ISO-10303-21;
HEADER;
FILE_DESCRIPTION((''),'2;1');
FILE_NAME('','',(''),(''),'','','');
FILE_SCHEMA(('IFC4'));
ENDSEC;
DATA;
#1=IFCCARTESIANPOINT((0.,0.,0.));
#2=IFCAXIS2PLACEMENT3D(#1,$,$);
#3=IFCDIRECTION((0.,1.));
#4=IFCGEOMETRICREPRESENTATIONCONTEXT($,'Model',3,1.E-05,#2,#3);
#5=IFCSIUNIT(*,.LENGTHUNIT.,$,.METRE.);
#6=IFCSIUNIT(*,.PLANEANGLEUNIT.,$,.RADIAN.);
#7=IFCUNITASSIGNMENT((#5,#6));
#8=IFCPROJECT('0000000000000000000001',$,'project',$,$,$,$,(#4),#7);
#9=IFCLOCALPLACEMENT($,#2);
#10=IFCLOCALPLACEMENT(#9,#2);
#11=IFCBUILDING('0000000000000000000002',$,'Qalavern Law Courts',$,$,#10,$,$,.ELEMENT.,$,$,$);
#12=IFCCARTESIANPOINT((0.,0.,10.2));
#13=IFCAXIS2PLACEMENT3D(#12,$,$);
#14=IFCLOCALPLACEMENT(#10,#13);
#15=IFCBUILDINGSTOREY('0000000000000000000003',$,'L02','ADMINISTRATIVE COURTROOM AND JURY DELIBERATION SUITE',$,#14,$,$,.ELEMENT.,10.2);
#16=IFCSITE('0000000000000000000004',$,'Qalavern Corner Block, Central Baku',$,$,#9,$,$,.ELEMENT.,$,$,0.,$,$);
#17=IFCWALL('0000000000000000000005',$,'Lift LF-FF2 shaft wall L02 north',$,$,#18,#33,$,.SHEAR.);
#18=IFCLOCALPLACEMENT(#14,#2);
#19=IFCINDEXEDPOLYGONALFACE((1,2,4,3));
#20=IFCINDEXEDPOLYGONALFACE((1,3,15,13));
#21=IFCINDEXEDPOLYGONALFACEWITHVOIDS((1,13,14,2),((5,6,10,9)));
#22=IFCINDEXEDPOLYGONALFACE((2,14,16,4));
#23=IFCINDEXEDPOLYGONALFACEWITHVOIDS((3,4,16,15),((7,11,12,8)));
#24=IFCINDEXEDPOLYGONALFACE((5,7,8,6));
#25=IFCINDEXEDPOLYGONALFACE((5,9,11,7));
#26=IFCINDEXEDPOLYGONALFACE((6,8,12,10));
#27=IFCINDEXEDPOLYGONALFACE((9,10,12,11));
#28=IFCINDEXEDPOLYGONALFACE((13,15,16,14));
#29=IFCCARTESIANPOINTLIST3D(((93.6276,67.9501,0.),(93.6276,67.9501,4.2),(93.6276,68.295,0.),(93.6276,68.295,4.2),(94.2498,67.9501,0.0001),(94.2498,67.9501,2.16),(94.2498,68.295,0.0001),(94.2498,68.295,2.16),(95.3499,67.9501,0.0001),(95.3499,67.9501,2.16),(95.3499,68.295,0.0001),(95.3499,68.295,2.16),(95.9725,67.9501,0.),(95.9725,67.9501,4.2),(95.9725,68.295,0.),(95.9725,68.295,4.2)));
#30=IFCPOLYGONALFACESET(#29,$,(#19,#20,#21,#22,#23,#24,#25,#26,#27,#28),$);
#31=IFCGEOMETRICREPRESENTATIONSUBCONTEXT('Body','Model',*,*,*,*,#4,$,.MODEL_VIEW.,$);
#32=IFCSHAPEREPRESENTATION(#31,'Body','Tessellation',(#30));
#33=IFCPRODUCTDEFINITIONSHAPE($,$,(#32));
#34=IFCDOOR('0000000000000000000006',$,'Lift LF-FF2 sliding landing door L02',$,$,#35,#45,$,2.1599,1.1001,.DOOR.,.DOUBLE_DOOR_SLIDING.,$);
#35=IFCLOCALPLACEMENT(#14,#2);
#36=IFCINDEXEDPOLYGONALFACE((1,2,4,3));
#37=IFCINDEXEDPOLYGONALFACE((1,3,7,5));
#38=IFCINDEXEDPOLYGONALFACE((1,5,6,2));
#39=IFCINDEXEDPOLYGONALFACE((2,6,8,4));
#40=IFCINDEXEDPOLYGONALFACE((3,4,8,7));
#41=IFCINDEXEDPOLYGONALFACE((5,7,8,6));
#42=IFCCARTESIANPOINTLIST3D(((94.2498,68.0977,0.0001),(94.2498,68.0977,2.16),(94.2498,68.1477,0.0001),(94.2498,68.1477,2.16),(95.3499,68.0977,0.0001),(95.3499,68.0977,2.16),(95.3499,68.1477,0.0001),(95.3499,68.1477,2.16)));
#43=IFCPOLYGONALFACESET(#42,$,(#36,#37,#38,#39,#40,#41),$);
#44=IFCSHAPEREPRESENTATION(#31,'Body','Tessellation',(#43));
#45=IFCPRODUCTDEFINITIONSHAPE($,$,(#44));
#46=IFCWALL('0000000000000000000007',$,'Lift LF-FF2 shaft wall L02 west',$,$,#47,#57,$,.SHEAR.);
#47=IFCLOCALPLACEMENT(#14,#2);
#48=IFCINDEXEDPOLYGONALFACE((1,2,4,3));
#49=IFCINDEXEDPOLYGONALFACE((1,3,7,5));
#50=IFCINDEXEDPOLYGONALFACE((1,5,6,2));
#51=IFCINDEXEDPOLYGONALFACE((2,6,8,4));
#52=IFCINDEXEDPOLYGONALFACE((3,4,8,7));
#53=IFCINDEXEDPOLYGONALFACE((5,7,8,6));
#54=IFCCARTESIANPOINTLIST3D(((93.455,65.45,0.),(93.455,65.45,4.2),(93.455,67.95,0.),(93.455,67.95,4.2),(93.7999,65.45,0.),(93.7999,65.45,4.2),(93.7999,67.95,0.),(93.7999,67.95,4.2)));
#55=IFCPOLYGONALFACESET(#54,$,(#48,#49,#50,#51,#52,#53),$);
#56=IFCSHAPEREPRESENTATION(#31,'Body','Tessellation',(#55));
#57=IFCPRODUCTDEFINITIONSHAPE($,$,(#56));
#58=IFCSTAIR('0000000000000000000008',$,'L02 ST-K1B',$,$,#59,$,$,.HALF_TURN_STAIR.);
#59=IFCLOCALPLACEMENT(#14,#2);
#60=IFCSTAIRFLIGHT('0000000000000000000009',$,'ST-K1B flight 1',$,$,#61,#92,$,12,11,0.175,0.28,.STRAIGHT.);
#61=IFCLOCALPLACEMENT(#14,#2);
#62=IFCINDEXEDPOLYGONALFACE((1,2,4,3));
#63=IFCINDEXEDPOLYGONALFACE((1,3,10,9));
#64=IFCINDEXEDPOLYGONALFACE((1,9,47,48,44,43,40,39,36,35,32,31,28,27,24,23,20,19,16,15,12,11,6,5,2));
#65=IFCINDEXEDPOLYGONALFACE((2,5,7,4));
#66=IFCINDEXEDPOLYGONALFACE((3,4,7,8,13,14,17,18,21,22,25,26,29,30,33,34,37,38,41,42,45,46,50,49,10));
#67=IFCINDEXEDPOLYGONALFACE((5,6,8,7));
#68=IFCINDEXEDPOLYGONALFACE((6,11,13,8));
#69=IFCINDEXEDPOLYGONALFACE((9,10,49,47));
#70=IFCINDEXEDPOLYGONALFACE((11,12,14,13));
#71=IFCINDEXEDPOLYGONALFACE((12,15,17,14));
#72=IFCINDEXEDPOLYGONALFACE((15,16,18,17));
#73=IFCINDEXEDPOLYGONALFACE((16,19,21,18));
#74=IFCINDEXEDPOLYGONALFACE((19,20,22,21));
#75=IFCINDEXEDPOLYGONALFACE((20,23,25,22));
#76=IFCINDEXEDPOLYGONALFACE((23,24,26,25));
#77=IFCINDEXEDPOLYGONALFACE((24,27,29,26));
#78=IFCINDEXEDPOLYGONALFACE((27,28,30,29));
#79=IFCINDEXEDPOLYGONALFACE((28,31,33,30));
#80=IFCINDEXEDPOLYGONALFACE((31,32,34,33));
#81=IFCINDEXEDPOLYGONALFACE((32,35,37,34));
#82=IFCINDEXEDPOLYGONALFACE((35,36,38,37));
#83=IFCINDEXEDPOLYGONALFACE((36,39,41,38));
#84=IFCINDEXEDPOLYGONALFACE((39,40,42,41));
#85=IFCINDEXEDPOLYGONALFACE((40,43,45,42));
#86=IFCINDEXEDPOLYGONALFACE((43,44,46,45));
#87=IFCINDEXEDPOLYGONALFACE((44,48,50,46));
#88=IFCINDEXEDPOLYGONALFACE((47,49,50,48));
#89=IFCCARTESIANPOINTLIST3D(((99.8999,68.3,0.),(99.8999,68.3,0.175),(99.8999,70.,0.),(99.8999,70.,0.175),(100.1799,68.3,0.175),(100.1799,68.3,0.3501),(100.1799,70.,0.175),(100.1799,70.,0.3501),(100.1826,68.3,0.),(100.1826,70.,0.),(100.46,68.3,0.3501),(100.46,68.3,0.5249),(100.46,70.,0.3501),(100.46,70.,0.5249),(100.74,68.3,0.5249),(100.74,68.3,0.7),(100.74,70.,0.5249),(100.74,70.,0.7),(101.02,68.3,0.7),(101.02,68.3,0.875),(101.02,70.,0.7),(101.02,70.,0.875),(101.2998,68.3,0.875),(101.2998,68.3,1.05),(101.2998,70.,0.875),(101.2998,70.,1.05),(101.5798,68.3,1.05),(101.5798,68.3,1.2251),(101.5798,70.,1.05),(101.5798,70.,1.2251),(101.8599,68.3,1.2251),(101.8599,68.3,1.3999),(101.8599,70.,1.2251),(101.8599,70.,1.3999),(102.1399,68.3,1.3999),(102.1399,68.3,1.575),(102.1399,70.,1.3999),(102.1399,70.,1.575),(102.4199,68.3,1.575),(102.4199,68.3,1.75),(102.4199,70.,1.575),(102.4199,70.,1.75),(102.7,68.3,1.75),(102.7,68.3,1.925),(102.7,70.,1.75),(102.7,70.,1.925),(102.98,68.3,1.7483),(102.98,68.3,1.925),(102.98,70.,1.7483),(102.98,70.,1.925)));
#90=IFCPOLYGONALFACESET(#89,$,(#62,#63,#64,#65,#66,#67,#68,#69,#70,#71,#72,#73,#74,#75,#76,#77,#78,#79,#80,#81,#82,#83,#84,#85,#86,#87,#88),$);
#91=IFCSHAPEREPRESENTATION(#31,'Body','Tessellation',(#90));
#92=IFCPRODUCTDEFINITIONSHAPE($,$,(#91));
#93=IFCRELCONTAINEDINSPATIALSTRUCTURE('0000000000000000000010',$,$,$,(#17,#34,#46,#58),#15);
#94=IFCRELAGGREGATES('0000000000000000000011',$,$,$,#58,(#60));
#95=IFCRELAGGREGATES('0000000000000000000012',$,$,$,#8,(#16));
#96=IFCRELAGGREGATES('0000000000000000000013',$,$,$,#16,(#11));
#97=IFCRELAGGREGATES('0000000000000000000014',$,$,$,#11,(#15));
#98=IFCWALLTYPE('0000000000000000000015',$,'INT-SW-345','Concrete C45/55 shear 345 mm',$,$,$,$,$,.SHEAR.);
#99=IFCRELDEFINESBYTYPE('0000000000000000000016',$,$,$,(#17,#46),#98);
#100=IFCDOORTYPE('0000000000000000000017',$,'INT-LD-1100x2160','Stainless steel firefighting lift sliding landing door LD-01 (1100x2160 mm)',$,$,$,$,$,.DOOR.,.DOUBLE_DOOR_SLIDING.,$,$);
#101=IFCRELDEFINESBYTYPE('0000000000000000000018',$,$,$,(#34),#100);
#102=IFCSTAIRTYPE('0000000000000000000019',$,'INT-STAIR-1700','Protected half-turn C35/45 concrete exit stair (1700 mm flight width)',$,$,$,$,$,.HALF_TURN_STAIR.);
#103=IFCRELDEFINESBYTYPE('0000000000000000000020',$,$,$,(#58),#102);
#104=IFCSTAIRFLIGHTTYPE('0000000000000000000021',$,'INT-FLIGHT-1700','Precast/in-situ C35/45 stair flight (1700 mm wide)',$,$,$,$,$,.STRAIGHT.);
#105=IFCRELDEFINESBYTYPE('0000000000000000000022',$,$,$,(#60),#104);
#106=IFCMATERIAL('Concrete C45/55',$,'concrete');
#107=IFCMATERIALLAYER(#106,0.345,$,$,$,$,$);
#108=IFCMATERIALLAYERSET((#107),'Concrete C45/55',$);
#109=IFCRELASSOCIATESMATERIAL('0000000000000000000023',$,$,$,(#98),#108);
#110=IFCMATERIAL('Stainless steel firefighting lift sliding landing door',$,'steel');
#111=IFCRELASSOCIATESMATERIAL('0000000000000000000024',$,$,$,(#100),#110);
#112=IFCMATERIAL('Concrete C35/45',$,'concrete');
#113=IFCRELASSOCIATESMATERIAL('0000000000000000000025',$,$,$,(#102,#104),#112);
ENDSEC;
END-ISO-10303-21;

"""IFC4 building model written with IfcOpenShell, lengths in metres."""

from ifc_helpers import new_model, si_unit, direction, frame, frame_2d, origin, place, context, subcontext, project, spatial, polyline, rectangle, outline, extrude, material, layer, layer_set, type_object, element, fill, aggregate, save


model = new_model("IFC4")

# Units and contexts
model_context = context("Model", 3, precision=1e-05, world=origin(), true_north=direction((0.0, 1.0)))
body_context = subcontext(model_context, "Body", "Model", "MODEL_VIEW")
ifc_project = project(units=[si_unit("LENGTHUNIT", "METRE"), si_unit("PLANEANGLEUNIT", "RADIAN")], contexts=[model_context])

# Site, building, storey
site_placement = place(None, origin())
site = spatial("IfcSite", under=ifc_project, at=site_placement, Name="Qalavern Corner Block, Central Baku", CompositionType="ELEMENT", RefElevation=0.0)
building_placement = place(site_placement, origin())
building = spatial("IfcBuilding", under=site, at=building_placement, Name="Qalavern Law Courts", CompositionType="ELEMENT")
storey_placement = place(building_placement, frame((0.0, 0.0, 10.2)))
storey = spatial("IfcBuildingStorey", under=building, at=storey_placement, Name="L02", Description="ADMINISTRATIVE COURTROOM AND JURY DELIBERATION SUITE", CompositionType="ELEMENT", Elevation=10.2)

# Shared definitions
ifc_material_1 = material(Name="Concrete C45/55", Category="concrete")

# Shared definitions
ifc_layer_1 = layer(ifc_material_1, 0.345)
ifc_layer_set_1 = layer_set([ifc_layer_1], Name="Concrete C45/55")
wall_type_1 = type_object("IfcWallType", Name="INT-SW-345", Description="Concrete C45/55 shear 345 mm", PredefinedType="SHEAR", material=ifc_layer_set_1)

# Wall, opening, door
wall_1_placement = place(storey_placement, frame((95.9724, 68.1226, 0.0), z_axis=(0.0, 0.0, 1.0), x_axis=(-1.0, 0.0, 0.0)))
wall_1 = element("IfcWall", 1, at=wall_1_placement, inside=storey, type_object=wall_type_1, Name="Lift LF-FF2 shaft wall L02 north", PredefinedType="SHEAR", context=body_context, shape_type="SweptSolid", body=[
    extrude(rectangle(XDim=2.345, YDim=0.345, at=frame_2d((1.1724, 0.0))), origin(), (0.0, 0.0, 1.0), 4.2),
])
opening_1_placement = place(wall_1_placement, frame((0.6226, 0.0, 0.0)))
opening_1 = element("IfcOpeningElement", 2, at=opening_1_placement, cuts=wall_1, PredefinedType="OPENING", context=body_context, shape_type="SweptSolid", body=[
    extrude(rectangle(XDim=1.1001, YDim=2.1599, at=frame_2d((0.55, 1.0801))), frame((0.0, 0.1875, 0.0), z_axis=(0.0, -1.0, 0.0), x_axis=(1.0, 0.0, 0.0)), (0.0, 0.0, 1.0), 0.3748),
])
ifc_material_2 = material(Name="Stainless steel firefighting lift sliding landing door", Category="steel")
door_type_1 = type_object("IfcDoorType", Name="INT-LD-1100x2160", Description="Stainless steel firefighting lift sliding landing door LD-01 (1100x2160 mm)", OperationType="DOUBLE_DOOR_SLIDING", PredefinedType="DOOR", material=ifc_material_2)
door_1_placement = place(opening_1_placement, origin())
door_1 = element("IfcDoor", 3, at=door_1_placement, inside=storey, type_object=door_type_1, Name="Lift LF-FF2 sliding landing door L02", OperationType="DOUBLE_DOOR_SLIDING", OverallHeight=2.1599, OverallWidth=1.1001, PredefinedType="DOOR", context=body_context, shape_type="SweptSolid", body=[
    extrude(rectangle(XDim=1.1001, YDim=2.1599, at=frame_2d((0.55, 1.0801))), frame((0.0, 0.0249, 0.0), z_axis=(0.0, -1.0, 0.0), x_axis=(1.0, 0.0, 0.0)), (0.0, 0.0, 1.0), 0.05),
])
fill(opening_1, door_1)

# Wall
wall_2_placement = place(storey_placement, frame((93.6274, 67.95, 0.0), z_axis=(0.0, 0.0, 1.0), x_axis=(0.0, -1.0, 0.0)))
element("IfcWall", 4, at=wall_2_placement, inside=storey, type_object=wall_type_1, Name="Lift LF-FF2 shaft wall L02 west", PredefinedType="SHEAR", context=body_context, shape_type="SweptSolid", body=[
    extrude(rectangle(XDim=2.5, YDim=0.345, at=frame_2d((1.25, 0.0))), origin(), (0.0, 0.0, 1.0), 4.2),
])

# Stair, stair flight
ifc_material_3 = material(Name="Concrete C35/45", Category="concrete")
stair_type = type_object("IfcStairType", Name="INT-STAIR-1700", Description="Protected half-turn C35/45 concrete exit stair (1700 mm flight width)", PredefinedType="HALF_TURN_STAIR", material=ifc_material_3)
stair_placement = place(storey_placement, origin())
stair = element("IfcStair", 5, at=stair_placement, inside=storey, type_object=stair_type, Name="L02 ST-K1B", PredefinedType="HALF_TURN_STAIR")
stair_flight_type = type_object("IfcStairFlightType", Name="INT-FLIGHT-1700", Description="Precast/in-situ C35/45 stair flight (1700 mm wide)", PredefinedType="STRAIGHT", material=ifc_material_3)
stair_flight_placement = place(storey_placement, frame((99.8999, 69.1499, 0.0), z_axis=(0.0, 0.0, 1.0), x_axis=(1.0, 0.0, 0.0)))
stair_flight = element("IfcStairFlight", 6, at=stair_flight_placement, type_object=stair_flight_type, Name="ST-K1B flight 1", NumberOfRisers=12, NumberOfTreads=11, PredefinedType="STRAIGHT", RiserHeight=0.175, TreadLength=0.28, context=body_context, shape_type="SweptSolid", body=[
    extrude(outline(polyline([(0.0, 0.0), (0.0, 0.175), (0.28, 0.175), (0.28, 0.3501), (0.5601, 0.3501), (0.5601, 0.5249), (0.8401, 0.5249), (0.8401, 0.7), (1.1201, 0.7), (1.1201, 0.875), (1.3999, 0.875), (1.3999, 1.05), (1.6799, 1.05), (1.6799, 1.2251), (1.96, 1.2251), (1.96, 1.3999), (2.24, 1.3999), (2.24, 1.575), (2.52, 1.575), (2.52, 1.75), (2.8, 1.75), (2.8, 1.925), (3.0801, 1.925), (3.0801, 2.1001), (3.0801, 1.7483), (0.2827, 0.0), (0.0, 0.0)])), frame((0.0, 0.8501, 0.0), z_axis=(0.0, -1.0, 0.0), x_axis=(1.0, 0.0, 0.0)), (0.0, 0.0, 1.0), 1.7),
])
aggregate(stair, [stair_flight])

save(model, "model.ifc")
